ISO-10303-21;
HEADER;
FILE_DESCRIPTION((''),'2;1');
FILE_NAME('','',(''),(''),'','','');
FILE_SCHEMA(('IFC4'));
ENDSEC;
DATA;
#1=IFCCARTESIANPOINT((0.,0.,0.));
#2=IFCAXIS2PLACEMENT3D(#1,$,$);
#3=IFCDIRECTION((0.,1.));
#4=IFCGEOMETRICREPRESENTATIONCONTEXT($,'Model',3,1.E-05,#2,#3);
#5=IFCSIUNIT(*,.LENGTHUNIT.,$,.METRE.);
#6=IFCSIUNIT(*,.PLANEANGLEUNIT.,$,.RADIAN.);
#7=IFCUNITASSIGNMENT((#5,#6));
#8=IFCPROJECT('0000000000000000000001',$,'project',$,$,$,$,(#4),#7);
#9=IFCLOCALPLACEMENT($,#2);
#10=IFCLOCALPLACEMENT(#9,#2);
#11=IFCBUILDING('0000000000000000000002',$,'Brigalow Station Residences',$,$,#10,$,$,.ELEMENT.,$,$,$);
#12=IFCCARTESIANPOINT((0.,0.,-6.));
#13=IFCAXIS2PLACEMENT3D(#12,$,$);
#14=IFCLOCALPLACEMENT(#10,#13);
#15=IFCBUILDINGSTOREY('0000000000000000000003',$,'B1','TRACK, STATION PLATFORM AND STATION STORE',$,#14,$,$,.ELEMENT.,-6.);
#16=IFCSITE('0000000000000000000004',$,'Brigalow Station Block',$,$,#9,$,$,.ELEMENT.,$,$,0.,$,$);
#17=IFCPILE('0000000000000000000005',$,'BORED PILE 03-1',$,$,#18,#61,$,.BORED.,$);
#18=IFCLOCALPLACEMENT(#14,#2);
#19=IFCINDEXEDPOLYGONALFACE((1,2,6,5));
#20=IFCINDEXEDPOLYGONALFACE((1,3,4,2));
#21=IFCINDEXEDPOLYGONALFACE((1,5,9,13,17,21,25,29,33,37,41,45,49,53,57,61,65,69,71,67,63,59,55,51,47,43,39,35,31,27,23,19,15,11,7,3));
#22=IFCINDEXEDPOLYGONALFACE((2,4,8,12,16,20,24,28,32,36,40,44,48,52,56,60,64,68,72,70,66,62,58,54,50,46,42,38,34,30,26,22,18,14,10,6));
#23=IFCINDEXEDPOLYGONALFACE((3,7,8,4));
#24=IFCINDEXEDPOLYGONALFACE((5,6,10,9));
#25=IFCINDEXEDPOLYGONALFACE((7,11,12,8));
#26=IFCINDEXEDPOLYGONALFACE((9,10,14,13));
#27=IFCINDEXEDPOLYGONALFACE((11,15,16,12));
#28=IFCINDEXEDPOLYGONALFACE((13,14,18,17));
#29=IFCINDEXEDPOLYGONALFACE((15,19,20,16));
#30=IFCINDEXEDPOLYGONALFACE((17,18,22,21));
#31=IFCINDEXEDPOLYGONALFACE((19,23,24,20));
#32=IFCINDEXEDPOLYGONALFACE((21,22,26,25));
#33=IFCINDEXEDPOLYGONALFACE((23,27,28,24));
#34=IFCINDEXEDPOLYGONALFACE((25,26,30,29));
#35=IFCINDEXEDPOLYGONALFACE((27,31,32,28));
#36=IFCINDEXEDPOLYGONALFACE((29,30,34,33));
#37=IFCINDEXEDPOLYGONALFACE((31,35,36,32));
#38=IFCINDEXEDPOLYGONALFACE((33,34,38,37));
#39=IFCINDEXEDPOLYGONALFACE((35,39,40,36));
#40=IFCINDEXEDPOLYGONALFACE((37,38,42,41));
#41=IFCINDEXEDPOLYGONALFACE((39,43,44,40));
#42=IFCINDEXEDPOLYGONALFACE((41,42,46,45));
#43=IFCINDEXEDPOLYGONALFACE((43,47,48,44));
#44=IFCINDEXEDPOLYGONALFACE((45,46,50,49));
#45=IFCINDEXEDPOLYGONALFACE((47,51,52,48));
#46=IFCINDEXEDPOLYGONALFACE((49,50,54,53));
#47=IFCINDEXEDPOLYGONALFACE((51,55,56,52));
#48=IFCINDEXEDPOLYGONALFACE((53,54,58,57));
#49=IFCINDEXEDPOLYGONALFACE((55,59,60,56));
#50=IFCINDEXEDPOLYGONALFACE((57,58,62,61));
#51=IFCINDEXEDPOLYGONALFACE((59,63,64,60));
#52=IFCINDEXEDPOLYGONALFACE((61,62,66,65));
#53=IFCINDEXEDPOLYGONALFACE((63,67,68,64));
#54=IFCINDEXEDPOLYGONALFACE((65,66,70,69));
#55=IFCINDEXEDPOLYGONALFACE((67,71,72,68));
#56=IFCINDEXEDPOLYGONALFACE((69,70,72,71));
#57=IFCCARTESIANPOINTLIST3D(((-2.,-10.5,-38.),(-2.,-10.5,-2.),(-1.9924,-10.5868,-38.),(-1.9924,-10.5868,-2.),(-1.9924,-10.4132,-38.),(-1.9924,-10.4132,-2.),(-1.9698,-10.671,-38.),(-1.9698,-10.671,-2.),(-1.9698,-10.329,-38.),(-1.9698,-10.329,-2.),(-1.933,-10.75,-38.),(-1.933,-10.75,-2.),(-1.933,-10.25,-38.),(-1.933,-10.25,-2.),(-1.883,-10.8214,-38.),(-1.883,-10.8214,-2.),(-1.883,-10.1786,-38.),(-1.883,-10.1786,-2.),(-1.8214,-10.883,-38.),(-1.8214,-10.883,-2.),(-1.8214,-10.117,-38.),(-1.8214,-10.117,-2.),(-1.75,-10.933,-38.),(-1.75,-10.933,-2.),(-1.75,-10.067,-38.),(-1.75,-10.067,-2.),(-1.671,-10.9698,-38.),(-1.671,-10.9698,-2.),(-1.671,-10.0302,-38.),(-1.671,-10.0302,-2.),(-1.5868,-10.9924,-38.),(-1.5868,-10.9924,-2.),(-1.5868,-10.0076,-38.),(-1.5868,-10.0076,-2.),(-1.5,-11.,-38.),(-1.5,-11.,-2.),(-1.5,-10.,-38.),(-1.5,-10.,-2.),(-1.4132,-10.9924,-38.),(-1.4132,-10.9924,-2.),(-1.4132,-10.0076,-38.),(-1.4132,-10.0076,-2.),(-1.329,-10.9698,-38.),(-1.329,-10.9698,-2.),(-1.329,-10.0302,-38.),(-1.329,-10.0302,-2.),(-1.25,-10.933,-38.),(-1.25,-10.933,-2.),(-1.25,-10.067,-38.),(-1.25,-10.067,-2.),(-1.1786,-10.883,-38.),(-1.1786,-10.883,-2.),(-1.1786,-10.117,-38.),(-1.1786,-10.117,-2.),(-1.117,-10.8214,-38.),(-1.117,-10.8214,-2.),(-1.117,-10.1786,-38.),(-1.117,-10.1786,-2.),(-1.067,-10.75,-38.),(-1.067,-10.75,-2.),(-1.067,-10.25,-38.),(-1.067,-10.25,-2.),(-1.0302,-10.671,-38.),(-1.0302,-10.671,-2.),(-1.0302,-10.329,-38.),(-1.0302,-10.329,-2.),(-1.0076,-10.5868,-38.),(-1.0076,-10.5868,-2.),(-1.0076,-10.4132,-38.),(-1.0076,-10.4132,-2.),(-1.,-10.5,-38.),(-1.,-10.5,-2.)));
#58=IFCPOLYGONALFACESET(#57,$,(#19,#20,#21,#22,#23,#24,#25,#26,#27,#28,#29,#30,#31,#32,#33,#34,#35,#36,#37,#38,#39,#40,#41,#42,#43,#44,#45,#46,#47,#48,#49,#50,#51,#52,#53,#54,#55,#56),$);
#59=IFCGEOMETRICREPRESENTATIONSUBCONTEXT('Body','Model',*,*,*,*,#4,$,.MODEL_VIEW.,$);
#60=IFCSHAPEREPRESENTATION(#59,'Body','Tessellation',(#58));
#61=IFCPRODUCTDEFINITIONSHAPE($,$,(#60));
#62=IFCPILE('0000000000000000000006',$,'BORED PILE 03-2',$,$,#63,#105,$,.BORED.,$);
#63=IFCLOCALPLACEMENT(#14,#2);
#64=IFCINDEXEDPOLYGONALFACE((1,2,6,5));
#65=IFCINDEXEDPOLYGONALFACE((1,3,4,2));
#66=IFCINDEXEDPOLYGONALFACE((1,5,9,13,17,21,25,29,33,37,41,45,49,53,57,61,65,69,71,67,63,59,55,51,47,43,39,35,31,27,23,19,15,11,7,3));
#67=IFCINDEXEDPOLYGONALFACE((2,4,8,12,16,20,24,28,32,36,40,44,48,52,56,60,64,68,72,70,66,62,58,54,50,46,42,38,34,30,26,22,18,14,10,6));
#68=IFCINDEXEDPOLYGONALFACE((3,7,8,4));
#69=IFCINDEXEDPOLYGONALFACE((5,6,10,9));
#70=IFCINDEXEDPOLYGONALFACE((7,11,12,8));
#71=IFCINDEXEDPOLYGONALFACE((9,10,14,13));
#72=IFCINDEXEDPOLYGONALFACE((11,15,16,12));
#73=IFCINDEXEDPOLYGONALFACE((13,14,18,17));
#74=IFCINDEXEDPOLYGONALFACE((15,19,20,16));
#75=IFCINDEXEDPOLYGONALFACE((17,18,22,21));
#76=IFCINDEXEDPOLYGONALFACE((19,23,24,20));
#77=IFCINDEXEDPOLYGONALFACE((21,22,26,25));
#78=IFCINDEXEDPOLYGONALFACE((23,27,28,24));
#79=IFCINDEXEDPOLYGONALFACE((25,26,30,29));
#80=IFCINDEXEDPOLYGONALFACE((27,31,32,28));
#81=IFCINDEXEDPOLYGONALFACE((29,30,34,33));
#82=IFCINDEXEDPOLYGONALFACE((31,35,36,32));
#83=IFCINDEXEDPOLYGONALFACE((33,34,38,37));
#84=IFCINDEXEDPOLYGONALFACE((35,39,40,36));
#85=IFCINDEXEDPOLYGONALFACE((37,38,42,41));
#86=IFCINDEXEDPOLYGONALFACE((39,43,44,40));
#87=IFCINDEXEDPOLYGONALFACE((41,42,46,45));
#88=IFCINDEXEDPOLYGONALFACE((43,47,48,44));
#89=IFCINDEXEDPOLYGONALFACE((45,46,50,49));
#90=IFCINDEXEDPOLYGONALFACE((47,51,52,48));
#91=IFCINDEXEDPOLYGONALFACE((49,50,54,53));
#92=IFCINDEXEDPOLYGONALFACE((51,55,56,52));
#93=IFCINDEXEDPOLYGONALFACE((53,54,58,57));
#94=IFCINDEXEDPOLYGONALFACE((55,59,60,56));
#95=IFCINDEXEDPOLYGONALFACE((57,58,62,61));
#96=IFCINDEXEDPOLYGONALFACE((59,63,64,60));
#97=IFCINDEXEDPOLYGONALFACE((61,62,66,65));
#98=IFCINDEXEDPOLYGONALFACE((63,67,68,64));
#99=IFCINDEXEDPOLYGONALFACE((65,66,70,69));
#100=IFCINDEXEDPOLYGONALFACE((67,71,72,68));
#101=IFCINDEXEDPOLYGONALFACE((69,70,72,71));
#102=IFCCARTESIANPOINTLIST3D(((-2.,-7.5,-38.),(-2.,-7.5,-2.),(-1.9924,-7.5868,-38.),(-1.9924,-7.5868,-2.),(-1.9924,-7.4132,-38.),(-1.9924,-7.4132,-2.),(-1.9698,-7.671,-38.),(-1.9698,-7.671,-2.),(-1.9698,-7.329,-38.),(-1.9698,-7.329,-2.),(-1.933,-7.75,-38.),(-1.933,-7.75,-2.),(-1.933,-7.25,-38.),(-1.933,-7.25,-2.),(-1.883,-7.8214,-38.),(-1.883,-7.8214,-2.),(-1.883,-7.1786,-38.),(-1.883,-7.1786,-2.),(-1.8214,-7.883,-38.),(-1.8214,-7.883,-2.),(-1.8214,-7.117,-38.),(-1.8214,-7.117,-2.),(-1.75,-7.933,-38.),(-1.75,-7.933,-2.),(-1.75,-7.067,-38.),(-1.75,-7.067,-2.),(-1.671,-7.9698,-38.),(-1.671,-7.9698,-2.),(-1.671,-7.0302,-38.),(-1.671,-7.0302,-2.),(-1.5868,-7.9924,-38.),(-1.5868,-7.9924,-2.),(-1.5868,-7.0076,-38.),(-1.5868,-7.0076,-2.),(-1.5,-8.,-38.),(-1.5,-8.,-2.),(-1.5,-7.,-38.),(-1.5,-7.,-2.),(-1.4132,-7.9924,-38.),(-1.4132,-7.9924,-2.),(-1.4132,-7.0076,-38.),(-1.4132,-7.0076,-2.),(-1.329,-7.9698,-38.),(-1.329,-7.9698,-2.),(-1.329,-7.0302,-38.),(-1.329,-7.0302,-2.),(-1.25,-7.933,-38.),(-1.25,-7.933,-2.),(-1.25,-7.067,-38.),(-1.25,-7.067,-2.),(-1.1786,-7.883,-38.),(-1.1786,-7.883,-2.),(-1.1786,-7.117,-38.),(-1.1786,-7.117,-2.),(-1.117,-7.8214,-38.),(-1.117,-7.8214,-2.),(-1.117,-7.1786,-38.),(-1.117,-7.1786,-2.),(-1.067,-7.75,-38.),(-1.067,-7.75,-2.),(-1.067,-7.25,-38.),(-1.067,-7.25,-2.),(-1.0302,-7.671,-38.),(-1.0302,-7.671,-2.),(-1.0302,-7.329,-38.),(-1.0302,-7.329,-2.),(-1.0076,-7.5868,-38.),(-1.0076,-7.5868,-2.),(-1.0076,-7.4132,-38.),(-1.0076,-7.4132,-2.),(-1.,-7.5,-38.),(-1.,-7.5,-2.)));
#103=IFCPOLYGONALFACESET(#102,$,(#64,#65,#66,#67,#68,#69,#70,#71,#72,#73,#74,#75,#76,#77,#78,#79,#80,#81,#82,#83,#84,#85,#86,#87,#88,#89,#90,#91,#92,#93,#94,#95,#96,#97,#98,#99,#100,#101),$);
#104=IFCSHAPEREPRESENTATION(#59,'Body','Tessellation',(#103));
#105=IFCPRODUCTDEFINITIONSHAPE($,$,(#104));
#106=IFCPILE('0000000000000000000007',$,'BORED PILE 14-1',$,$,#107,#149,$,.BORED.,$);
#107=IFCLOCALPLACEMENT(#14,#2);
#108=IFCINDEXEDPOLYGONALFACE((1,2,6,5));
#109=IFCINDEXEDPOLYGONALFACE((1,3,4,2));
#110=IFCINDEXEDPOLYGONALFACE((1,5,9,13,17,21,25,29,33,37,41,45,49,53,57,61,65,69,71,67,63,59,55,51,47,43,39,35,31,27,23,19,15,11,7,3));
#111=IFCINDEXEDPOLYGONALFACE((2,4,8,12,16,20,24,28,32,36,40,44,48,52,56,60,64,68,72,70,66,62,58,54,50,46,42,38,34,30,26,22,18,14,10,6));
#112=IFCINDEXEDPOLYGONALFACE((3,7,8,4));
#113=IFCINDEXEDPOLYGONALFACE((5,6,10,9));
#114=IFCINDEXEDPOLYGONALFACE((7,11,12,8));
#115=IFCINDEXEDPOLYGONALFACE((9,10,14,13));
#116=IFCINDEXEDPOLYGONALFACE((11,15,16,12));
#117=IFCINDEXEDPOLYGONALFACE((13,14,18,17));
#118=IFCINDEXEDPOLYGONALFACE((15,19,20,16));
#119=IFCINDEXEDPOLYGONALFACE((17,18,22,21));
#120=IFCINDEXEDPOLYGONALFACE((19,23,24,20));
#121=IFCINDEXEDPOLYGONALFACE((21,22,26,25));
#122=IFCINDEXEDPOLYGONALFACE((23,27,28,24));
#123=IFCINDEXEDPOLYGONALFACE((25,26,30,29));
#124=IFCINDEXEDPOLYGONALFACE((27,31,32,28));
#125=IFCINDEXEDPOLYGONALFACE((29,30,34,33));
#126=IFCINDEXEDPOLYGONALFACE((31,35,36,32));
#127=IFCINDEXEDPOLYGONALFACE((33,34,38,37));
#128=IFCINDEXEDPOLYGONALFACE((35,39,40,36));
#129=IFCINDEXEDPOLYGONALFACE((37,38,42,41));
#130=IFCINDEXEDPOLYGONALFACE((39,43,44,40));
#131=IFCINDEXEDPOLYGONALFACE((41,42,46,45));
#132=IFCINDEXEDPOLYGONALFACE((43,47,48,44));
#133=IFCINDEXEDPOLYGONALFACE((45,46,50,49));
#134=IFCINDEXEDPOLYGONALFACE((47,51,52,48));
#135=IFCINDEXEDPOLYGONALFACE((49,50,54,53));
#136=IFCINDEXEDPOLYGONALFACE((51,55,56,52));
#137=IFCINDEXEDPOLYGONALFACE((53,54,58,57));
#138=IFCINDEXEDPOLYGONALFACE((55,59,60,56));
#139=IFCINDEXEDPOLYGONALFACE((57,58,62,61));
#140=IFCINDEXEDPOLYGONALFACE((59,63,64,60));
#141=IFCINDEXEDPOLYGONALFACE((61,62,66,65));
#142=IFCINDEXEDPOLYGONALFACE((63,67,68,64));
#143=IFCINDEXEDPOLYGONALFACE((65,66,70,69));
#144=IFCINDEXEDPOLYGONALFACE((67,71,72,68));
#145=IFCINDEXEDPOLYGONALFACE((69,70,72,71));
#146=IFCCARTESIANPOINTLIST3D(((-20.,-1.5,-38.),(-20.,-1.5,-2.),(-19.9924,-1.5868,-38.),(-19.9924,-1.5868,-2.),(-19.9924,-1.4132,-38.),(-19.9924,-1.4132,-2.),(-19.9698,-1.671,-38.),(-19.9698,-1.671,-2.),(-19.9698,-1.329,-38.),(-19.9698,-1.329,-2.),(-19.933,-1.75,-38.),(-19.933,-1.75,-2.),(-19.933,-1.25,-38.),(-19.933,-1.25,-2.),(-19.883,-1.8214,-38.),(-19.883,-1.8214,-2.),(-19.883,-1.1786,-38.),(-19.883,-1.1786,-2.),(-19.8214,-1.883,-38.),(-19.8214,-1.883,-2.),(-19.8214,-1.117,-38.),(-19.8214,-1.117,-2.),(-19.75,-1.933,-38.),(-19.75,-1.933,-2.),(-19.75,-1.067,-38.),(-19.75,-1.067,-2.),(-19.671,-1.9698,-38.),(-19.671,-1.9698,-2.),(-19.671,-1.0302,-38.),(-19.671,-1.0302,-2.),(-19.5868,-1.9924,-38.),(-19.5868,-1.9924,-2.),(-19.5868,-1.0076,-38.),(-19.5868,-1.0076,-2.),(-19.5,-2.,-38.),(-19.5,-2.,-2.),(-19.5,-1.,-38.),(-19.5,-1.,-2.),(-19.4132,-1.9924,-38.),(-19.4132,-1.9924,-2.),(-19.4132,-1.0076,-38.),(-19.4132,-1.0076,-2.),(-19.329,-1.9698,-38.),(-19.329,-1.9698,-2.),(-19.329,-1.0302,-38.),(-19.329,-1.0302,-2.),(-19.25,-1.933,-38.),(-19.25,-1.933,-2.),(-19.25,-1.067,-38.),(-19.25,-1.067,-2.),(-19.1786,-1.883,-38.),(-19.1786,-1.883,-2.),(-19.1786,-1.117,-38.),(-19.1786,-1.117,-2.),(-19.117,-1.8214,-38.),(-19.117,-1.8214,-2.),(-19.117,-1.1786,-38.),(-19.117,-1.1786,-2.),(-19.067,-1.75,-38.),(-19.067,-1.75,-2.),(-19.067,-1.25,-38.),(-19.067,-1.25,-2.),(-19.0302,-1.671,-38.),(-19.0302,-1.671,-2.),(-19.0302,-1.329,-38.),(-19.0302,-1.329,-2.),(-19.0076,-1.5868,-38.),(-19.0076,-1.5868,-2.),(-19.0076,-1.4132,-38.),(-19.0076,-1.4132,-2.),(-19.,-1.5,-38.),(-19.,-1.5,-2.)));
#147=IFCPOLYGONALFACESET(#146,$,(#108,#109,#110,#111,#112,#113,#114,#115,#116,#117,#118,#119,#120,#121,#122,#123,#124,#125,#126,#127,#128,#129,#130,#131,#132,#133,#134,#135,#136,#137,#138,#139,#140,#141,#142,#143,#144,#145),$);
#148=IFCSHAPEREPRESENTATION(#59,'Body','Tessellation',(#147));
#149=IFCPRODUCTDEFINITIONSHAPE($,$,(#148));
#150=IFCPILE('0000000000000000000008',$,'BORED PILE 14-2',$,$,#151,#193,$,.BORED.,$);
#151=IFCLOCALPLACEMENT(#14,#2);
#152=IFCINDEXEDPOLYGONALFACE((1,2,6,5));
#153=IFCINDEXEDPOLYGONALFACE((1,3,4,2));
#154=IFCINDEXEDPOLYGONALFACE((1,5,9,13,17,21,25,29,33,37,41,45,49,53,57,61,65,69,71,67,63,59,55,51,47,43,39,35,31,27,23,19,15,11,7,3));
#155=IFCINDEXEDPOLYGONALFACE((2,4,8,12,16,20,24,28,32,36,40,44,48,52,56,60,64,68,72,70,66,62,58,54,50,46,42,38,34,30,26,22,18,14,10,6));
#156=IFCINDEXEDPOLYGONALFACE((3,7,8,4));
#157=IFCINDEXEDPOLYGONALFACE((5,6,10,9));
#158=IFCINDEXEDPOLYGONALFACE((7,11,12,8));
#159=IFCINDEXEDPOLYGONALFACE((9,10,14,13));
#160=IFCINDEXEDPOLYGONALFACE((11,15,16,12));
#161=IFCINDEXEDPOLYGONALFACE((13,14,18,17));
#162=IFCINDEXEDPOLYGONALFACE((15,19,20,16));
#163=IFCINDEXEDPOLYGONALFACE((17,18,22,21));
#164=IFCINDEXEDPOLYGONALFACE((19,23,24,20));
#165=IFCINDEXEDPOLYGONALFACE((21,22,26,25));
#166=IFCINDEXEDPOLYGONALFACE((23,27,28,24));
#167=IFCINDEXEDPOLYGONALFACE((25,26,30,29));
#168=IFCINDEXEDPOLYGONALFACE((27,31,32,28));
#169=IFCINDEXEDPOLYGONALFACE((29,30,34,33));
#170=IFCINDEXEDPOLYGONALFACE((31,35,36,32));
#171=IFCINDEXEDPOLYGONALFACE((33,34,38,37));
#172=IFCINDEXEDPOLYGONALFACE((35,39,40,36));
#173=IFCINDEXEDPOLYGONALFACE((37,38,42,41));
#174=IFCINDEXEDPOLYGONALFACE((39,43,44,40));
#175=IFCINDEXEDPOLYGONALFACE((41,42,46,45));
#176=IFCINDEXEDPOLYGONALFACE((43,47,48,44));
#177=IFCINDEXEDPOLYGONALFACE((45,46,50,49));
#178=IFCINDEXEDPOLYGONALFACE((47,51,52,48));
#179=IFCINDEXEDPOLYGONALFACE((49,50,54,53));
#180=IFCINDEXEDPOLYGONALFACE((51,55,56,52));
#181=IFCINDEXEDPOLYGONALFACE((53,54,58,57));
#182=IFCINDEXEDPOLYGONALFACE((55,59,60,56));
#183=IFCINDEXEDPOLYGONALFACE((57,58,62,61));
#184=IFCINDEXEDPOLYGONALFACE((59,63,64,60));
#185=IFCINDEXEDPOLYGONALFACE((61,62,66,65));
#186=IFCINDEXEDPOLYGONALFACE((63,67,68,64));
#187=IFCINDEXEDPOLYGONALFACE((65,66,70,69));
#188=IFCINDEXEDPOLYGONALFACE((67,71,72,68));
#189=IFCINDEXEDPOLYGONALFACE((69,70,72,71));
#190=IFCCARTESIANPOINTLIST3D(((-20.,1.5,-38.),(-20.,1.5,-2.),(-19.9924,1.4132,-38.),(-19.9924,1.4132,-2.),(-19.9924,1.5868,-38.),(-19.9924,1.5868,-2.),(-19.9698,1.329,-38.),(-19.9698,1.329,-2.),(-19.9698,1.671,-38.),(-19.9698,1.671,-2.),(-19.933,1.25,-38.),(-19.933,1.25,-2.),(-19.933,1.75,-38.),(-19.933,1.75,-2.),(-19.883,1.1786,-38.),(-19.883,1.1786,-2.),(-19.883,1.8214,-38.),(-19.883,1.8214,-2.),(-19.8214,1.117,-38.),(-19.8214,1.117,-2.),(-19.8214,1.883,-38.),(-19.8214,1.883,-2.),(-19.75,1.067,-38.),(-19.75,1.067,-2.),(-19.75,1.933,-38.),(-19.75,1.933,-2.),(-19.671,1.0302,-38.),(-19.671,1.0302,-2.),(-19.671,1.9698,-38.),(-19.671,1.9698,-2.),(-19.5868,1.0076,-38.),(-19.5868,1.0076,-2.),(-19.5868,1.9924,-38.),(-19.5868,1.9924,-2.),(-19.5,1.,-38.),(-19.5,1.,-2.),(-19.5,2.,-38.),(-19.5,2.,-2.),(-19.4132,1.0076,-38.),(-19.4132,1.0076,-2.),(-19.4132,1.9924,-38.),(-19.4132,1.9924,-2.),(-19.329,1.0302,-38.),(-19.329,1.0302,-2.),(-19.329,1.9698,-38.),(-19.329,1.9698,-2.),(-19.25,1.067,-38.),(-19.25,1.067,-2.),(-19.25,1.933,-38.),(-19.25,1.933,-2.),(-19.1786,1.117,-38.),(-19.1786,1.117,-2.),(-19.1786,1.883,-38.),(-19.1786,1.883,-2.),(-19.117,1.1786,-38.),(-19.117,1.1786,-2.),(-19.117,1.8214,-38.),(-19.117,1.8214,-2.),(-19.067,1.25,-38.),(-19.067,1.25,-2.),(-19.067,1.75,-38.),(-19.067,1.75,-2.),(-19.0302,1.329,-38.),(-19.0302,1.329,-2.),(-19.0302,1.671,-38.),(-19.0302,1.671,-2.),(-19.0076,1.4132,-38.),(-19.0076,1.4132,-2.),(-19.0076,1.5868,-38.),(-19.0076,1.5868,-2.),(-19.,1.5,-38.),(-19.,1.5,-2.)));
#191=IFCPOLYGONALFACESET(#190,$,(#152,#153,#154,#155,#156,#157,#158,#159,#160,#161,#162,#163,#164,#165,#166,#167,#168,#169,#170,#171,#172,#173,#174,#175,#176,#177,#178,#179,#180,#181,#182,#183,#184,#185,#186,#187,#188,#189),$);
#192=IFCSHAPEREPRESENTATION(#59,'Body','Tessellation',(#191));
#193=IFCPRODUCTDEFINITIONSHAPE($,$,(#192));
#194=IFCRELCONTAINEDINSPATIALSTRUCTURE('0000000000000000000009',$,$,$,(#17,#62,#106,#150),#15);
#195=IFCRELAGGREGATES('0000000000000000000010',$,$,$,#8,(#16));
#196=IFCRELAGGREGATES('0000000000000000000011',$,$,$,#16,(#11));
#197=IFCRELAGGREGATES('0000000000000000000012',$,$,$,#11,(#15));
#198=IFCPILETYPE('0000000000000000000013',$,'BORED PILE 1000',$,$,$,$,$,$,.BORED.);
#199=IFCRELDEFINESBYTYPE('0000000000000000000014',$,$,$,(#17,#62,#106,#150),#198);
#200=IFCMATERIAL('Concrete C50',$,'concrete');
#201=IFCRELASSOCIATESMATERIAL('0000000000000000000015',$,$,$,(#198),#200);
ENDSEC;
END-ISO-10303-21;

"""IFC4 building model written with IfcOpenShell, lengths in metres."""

from ifc_helpers import new_model, si_unit, direction, frame, origin, origin_2d, place, context, subcontext, project, spatial, circle, extrude, material, material_profile, profile_set, type_object, element, save


model = new_model("IFC4")

# Units and contexts
model_context = context("Model", 3, precision=1e-05, world=origin(), true_north=direction((0.0, 1.0)))
body_context = subcontext(model_context, "Body", "Model", "MODEL_VIEW")
ifc_project = project(units=[si_unit("LENGTHUNIT", "METRE"), si_unit("PLANEANGLEUNIT", "RADIAN")], contexts=[model_context])

# Site, building, storey
site_placement = place(None, origin())
site = spatial("IfcSite", under=ifc_project, at=site_placement, Name="Brigalow Station Block", CompositionType="ELEMENT", RefElevation=0.0)
building_placement = place(site_placement, origin())
building = spatial("IfcBuilding", under=site, at=building_placement, Name="Brigalow Station Residences", CompositionType="ELEMENT")
storey_placement = place(building_placement, frame((0.0, 0.0, -6.0)))
storey = spatial("IfcBuildingStorey", under=building, at=storey_placement, Name="B1", Description="TRACK, STATION PLATFORM AND STATION STORE", CompositionType="ELEMENT", Elevation=-6.0)

# Piles
ifc_material_1 = material(Name="Concrete C50", Category="concrete")
ifc_material_profile_1 = material_profile(ifc_material_1, circle(Radius=0.5, at=origin_2d()), Name="BP1000")
ifc_profile_set_1 = profile_set([ifc_material_profile_1], Name="Concrete C50")
pile_type_1 = type_object("IfcPileType", Name="BORED PILE 1000", PredefinedType="BORED", material=ifc_profile_set_1)
for number, where, z_axis, x_axis, name in (
    (1, (-1.5, -10.5, -2.0), (0.0, 0.0, -1.0), (1.0, 0.0, 0.0), "BORED PILE 03-1"),
    (2, (-1.5, -7.5, -2.0), (0.0, 0.0, -1.0), (1.0, 0.0, 0.0), "BORED PILE 03-2"),
    (3, (-19.5, -1.5, -2.0), (0.0, 0.0, -1.0), (1.0, 0.0, 0.0), "BORED PILE 14-1"),
    (4, (-19.5, 1.5, -2.0), (0.0, 0.0, -1.0), (1.0, 0.0, 0.0), "BORED PILE 14-2"),
):
    element("IfcPile", number, at=place(storey_placement, frame(where, z_axis=z_axis, x_axis=x_axis)), inside=storey, type_object=pile_type_1, Name=name, PredefinedType="BORED", context=body_context, shape_type="SweptSolid", body=[
        extrude(circle(Radius=0.5, at=origin_2d()), origin(), (0.0, 0.0, 1.0), 36.0),
    ])

save(model, "model.ifc")
